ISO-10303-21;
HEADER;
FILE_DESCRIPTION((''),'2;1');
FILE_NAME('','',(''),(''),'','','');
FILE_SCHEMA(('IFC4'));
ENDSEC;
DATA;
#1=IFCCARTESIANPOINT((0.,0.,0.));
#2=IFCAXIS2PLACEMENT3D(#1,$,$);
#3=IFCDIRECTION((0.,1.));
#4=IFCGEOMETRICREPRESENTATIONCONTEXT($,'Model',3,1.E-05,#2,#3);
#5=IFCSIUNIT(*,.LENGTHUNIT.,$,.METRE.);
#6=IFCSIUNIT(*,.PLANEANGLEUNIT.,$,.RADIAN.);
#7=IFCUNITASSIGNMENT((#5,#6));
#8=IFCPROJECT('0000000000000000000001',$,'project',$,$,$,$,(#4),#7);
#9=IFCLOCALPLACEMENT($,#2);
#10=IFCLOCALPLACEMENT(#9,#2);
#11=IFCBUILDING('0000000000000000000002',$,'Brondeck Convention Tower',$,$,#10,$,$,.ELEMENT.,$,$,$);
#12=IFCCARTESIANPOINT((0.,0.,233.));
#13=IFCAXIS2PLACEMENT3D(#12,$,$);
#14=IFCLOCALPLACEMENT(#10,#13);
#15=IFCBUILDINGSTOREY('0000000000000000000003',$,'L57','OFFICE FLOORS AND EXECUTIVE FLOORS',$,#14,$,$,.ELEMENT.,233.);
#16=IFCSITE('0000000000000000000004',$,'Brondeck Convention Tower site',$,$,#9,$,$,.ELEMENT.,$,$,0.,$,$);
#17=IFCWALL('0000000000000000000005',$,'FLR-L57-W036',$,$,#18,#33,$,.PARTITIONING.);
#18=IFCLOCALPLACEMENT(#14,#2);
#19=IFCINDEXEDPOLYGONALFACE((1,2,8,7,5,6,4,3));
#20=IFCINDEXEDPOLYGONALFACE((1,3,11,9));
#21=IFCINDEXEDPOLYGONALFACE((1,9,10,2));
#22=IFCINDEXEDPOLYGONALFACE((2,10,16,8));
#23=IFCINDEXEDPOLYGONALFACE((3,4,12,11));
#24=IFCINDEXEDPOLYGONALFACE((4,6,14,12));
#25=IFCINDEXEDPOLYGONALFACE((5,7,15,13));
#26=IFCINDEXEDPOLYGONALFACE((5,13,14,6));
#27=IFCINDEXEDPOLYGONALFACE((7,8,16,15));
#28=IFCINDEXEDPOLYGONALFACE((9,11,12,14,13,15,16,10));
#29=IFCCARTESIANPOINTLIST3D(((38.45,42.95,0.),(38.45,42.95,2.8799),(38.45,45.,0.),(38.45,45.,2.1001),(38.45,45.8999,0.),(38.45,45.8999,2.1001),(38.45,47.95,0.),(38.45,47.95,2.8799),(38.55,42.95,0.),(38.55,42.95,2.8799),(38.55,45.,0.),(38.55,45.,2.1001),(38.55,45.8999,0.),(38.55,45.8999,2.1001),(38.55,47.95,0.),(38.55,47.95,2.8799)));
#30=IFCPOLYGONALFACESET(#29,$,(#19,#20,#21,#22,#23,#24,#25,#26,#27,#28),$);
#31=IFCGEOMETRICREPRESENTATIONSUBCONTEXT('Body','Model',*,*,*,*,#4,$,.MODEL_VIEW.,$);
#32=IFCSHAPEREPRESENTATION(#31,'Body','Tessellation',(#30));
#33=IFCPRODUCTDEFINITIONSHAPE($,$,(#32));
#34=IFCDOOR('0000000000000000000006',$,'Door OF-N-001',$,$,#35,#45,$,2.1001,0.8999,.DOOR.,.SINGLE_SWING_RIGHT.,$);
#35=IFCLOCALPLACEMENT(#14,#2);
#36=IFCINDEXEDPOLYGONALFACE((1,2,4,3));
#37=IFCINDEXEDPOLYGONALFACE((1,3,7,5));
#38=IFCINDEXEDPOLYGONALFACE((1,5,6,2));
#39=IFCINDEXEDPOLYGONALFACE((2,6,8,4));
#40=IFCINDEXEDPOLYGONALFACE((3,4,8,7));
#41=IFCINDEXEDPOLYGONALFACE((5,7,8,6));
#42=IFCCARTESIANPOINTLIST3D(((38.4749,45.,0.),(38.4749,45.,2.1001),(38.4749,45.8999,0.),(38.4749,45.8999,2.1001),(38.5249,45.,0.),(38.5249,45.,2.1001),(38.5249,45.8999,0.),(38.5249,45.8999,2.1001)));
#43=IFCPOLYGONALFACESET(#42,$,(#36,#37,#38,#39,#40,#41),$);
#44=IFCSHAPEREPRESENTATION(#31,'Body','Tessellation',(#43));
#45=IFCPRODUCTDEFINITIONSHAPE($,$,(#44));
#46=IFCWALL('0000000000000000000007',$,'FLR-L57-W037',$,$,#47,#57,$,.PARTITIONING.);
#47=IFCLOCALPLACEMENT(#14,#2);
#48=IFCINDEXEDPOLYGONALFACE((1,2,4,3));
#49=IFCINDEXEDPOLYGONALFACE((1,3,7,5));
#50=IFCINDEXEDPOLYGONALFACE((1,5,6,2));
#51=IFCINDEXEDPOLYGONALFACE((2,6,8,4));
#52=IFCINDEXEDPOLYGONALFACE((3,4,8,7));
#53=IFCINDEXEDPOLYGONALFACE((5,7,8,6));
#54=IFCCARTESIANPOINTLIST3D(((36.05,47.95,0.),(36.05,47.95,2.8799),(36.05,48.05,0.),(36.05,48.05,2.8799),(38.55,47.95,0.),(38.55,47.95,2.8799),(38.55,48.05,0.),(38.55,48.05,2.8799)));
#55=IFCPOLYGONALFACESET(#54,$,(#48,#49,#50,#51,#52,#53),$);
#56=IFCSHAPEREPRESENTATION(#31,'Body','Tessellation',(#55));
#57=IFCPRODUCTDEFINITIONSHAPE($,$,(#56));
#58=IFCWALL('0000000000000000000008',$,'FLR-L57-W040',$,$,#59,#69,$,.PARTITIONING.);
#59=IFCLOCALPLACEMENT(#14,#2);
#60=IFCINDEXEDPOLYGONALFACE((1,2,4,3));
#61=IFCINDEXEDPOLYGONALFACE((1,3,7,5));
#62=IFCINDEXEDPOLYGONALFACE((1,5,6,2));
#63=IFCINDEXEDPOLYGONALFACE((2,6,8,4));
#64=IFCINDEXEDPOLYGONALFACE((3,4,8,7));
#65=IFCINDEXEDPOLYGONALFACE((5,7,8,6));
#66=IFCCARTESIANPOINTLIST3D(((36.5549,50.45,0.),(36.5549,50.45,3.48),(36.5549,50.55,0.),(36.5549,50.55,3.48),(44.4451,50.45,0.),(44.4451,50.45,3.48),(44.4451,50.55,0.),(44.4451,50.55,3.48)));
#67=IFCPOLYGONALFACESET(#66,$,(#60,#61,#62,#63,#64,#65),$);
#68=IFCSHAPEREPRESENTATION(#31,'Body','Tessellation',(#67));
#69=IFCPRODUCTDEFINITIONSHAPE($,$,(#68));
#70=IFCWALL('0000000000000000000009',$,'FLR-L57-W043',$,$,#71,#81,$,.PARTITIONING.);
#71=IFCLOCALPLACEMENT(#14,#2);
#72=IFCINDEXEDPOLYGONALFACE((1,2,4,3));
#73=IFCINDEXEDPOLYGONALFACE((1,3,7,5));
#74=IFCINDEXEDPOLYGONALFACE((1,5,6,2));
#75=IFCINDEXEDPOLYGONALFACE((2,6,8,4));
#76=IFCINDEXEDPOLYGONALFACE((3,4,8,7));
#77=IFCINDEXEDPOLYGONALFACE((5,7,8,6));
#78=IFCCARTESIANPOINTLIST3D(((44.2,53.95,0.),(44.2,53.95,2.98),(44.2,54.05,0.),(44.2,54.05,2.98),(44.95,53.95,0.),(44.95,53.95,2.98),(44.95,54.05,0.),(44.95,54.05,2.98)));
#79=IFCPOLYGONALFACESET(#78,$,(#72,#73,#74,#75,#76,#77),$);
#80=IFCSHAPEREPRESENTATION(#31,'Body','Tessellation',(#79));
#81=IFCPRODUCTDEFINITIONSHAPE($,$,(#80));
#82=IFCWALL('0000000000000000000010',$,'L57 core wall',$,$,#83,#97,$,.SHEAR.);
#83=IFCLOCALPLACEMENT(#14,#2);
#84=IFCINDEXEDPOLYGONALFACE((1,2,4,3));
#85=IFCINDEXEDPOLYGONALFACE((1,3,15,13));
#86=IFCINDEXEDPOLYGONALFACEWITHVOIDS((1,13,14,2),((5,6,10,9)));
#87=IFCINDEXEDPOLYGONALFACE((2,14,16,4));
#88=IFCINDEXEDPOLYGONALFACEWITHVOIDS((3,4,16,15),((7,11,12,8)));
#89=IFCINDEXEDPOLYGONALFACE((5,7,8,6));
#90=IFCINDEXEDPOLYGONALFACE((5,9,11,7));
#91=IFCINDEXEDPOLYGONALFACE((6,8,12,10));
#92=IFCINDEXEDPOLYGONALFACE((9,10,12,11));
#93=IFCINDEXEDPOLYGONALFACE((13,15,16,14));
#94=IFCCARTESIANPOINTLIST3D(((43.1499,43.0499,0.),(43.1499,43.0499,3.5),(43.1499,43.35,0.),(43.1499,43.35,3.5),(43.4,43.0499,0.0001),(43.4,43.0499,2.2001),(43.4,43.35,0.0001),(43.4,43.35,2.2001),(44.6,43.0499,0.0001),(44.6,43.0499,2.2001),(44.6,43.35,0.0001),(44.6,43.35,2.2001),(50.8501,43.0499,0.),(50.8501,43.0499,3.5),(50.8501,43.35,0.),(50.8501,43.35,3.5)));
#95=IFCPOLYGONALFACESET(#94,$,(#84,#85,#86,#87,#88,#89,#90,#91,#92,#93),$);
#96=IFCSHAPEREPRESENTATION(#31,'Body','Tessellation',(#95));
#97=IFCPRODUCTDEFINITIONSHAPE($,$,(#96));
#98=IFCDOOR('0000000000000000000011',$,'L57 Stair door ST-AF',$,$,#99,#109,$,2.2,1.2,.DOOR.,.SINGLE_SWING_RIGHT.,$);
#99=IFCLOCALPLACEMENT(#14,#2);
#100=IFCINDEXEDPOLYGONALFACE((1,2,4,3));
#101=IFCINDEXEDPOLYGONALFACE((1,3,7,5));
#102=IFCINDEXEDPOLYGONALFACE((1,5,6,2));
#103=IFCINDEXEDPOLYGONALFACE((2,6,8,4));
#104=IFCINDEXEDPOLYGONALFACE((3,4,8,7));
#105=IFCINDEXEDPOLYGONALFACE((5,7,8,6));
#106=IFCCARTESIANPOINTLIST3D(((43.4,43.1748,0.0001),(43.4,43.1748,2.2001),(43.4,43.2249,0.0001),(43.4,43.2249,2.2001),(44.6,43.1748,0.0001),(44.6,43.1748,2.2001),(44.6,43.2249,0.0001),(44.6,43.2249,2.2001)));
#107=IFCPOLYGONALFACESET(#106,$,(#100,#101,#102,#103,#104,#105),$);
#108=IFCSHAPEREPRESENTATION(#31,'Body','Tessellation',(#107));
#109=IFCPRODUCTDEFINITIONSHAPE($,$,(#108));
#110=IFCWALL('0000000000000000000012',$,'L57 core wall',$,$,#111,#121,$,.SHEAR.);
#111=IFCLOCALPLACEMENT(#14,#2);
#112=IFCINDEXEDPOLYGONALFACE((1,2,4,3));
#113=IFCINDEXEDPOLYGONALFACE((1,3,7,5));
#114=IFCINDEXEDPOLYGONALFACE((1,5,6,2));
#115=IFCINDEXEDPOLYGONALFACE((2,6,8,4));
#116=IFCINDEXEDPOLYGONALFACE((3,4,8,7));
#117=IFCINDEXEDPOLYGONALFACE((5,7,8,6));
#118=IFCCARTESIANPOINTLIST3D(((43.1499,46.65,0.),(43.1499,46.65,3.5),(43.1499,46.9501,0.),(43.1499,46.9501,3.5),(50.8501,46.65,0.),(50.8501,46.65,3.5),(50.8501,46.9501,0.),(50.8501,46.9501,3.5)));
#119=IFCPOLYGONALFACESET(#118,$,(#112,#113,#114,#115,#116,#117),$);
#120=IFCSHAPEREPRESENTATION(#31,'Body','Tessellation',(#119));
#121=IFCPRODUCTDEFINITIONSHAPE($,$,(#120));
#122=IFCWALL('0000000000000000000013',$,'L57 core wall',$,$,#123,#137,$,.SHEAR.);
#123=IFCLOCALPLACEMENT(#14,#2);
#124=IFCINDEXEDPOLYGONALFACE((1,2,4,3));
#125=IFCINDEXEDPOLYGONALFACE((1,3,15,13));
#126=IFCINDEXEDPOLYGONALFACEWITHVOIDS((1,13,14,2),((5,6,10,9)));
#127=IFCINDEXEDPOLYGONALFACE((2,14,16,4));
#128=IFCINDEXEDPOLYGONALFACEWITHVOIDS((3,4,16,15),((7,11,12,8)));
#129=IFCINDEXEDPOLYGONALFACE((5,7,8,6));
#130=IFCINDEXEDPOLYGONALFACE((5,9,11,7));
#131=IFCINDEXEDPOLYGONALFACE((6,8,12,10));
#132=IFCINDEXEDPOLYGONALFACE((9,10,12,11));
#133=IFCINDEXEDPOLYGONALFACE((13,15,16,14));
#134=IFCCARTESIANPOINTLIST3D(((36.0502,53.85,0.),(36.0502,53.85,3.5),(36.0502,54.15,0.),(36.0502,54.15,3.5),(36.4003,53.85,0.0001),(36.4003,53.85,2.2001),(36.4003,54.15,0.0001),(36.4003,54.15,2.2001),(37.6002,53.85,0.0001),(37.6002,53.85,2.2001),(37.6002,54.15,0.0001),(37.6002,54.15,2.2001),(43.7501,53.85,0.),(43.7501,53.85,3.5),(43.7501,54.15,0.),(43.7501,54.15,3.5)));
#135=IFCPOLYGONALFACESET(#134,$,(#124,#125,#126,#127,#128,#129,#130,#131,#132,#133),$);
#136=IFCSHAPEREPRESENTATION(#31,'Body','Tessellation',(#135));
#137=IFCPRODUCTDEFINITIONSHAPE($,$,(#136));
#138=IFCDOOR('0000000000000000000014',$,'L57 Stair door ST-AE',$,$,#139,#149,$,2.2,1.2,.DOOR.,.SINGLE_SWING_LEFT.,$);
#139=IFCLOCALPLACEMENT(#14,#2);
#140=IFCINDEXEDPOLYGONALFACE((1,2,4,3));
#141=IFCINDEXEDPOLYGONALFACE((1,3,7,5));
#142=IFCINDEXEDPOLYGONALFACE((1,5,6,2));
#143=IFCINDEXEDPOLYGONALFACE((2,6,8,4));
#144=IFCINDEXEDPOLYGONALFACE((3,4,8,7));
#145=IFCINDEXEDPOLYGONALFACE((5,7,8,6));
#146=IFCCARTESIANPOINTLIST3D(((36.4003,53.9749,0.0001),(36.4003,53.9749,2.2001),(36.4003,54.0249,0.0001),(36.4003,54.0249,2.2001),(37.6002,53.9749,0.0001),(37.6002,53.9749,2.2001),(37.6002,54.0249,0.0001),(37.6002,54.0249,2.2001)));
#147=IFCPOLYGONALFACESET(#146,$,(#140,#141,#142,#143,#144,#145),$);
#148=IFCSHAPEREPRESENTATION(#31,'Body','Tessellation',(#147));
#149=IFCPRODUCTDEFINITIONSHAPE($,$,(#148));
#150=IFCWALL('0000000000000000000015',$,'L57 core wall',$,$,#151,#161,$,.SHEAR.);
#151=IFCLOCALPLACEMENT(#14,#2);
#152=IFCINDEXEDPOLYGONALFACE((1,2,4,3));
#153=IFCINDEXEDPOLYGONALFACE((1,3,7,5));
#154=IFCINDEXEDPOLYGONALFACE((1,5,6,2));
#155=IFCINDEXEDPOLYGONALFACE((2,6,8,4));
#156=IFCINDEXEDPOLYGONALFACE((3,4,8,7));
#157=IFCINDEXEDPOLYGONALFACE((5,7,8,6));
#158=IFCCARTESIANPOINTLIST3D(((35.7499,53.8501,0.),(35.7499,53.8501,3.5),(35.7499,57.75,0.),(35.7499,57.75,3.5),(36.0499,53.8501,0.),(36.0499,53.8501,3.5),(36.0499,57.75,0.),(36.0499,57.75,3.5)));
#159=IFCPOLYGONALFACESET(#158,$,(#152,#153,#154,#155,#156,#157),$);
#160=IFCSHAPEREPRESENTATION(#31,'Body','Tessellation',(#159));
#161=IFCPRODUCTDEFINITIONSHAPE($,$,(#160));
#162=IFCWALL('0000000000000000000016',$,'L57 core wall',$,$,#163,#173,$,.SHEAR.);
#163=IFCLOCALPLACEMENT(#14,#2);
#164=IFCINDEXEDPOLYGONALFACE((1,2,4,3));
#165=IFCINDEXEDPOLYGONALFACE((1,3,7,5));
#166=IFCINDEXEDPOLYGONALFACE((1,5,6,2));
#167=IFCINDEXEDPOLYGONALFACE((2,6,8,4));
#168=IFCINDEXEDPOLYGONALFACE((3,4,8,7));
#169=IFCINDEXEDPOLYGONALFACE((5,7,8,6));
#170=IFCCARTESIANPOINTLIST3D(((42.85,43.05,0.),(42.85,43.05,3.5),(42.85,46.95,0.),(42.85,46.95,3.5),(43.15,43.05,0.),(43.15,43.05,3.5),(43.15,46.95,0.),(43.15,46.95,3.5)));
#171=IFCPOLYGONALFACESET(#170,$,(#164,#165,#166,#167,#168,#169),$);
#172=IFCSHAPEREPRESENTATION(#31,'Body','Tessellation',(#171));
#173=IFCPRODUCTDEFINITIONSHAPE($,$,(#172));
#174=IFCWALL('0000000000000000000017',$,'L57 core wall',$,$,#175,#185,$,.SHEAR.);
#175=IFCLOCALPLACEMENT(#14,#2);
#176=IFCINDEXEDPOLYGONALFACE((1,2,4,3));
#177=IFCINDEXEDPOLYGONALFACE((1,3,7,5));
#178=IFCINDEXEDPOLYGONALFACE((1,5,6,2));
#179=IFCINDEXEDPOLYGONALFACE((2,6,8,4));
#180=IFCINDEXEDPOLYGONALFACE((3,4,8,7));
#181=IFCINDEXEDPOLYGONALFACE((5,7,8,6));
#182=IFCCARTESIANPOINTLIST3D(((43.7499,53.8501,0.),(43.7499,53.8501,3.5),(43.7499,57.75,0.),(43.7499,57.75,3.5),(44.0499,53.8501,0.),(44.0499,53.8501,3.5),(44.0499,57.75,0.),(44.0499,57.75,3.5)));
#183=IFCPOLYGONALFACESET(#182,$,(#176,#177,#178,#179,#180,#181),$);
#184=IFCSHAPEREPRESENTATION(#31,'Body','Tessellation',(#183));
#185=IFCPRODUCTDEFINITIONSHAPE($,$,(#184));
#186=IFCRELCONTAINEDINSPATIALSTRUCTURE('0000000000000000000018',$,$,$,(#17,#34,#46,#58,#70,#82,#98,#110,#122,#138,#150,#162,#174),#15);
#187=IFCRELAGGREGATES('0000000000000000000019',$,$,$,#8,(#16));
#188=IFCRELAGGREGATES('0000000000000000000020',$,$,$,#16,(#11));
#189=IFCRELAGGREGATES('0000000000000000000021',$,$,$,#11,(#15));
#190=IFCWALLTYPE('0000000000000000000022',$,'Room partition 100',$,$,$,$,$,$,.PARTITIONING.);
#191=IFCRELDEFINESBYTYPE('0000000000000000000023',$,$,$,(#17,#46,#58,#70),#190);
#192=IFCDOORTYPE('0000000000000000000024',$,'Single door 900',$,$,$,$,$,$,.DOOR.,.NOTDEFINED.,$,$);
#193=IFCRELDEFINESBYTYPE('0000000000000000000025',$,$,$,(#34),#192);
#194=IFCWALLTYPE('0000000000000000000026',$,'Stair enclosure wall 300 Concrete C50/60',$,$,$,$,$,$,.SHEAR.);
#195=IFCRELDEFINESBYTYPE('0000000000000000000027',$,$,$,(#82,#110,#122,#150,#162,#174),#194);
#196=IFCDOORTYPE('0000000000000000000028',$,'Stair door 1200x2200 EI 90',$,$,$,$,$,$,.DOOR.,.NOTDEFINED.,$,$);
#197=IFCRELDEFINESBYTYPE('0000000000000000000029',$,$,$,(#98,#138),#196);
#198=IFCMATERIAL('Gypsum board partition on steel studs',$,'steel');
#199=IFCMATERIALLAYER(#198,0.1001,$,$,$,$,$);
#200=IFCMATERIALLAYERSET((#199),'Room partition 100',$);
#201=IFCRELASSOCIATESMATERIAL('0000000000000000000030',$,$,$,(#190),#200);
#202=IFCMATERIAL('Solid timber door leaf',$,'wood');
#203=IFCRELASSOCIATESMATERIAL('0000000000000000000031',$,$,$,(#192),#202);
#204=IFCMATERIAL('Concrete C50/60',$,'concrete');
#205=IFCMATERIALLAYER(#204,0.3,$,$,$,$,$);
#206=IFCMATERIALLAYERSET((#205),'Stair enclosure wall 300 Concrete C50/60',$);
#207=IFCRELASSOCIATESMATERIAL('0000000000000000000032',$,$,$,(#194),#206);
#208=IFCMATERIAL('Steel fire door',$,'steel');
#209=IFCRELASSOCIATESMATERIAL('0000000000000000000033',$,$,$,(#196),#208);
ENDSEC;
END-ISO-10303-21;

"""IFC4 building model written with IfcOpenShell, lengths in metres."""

from ifc_helpers import new_model, si_unit, direction, frame, frame_2d, origin, place, context, subcontext, project, spatial, rectangle, extrude, material, layer, layer_set, type_object, element, fill, save


model = new_model("IFC4")

# Units and contexts
model_context = context("Model", 3, precision=1e-05, world=origin(), true_north=direction((0.0, 1.0)))
body_context = subcontext(model_context, "Body", "Model", "MODEL_VIEW")
ifc_project = project(units=[si_unit("LENGTHUNIT", "METRE"), si_unit("PLANEANGLEUNIT", "RADIAN")], contexts=[model_context])

# Site, building, storey
site_placement = place(None, origin())
site = spatial("IfcSite", under=ifc_project, at=site_placement, Name="Brondeck Convention Tower site", CompositionType="ELEMENT", RefElevation=0.0)
building_placement = place(site_placement, origin())
building = spatial("IfcBuilding", under=site, at=building_placement, Name="Brondeck Convention Tower", CompositionType="ELEMENT")
storey_placement = place(building_placement, frame((0.0, 0.0, 233.0)))
storey = spatial("IfcBuildingStorey", under=building, at=storey_placement, Name="L57", Description="OFFICE FLOORS AND EXECUTIVE FLOORS", CompositionType="ELEMENT", Elevation=233.0)

# Shared definitions
ifc_material_1 = material(Name="Concrete C50/60", Category="concrete")

# Wall, opening, door
ifc_material_2 = material(Name="Gypsum board partition on steel studs", Category="steel")
ifc_layer_1 = layer(ifc_material_2, 0.1001)
ifc_layer_set_1 = layer_set([ifc_layer_1], Name="Room partition 100")
wall_type_1 = type_object("IfcWallType", Name="Room partition 100", PredefinedType="PARTITIONING", material=ifc_layer_set_1)
wall_1_placement = place(storey_placement, frame((38.5, 47.95, 0.0), z_axis=(0.0, 0.0, 1.0), x_axis=(0.0, -1.0, 0.0)))
wall_1 = element("IfcWall", 1, at=wall_1_placement, inside=storey, type_object=wall_type_1, Name="FLR-L57-W036", PredefinedType="PARTITIONING", context=body_context, shape_type="SweptSolid", body=[
    extrude(rectangle(XDim=5.0, YDim=0.1001, at=frame_2d((2.5, 0.0))), origin(), (0.0, 0.0, 1.0), 2.8799),
])
opening_1_placement = place(wall_1_placement, frame((2.05, 0.0, 0.0)))
opening_1 = element("IfcOpeningElement", 2, at=opening_1_placement, cuts=wall_1, PredefinedType="OPENING", context=body_context, shape_type="SweptSolid", body=[
    extrude(rectangle(XDim=0.8999, YDim=2.1001, at=frame_2d((0.45, 1.05))), frame((0.0, 0.0601, 0.0), z_axis=(0.0, -1.0, 0.0), x_axis=(1.0, 0.0, 0.0)), (0.0, 0.0, 1.0), 0.1201),
])
ifc_material_3 = material(Name="Solid timber door leaf", Category="wood")
door_type_1 = type_object("IfcDoorType", Name="Single door 900", OperationType="NOTDEFINED", PredefinedType="DOOR", material=ifc_material_3)
door_1_placement = place(opening_1_placement, origin())
door_1 = element("IfcDoor", 3, at=door_1_placement, inside=storey, type_object=door_type_1, Name="Door OF-N-001", OperationType="SINGLE_SWING_RIGHT", OverallHeight=2.1001, OverallWidth=0.8999, PredefinedType="DOOR", context=body_context, shape_type="SweptSolid", body=[
    extrude(rectangle(XDim=0.8999, YDim=2.1001, at=frame_2d((0.45, 1.05))), frame((0.0, 0.0249, 0.0), z_axis=(0.0, -1.0, 0.0), x_axis=(1.0, 0.0, 0.0)), (0.0, 0.0, 1.0), 0.05),
])
fill(opening_1, door_1)

# Walls
wall_2_placement = place(storey_placement, frame((36.05, 48.0, 0.0), z_axis=(0.0, 0.0, 1.0), x_axis=(1.0, 0.0, 0.0)))
element("IfcWall", 4, at=wall_2_placement, inside=storey, type_object=wall_type_1, Name="FLR-L57-W037", PredefinedType="PARTITIONING", context=body_context, shape_type="SweptSolid", body=[
    extrude(rectangle(XDim=2.5, YDim=0.1001, at=frame_2d((1.25, 0.0))), origin(), (0.0, 0.0, 1.0), 2.8799),
])
wall_3_placement = place(storey_placement, frame((44.4451, 50.5, 0.0), z_axis=(0.0, 0.0, 1.0), x_axis=(-1.0, 0.0, 0.0)))
element("IfcWall", 5, at=wall_3_placement, inside=storey, type_object=wall_type_1, Name="FLR-L57-W040", PredefinedType="PARTITIONING", context=body_context, shape_type="SweptSolid", body=[
    extrude(rectangle(XDim=7.8901, YDim=0.1001, at=frame_2d((3.9451, 0.0))), origin(), (0.0, 0.0, 1.0), 3.48),
])
wall_4_placement = place(storey_placement, frame((44.2, 54.0, 0.0), z_axis=(0.0, 0.0, 1.0), x_axis=(1.0, 0.0, 0.0)))
element("IfcWall", 6, at=wall_4_placement, inside=storey, type_object=wall_type_1, Name="FLR-L57-W043", PredefinedType="PARTITIONING", context=body_context, shape_type="SweptSolid", body=[
    extrude(rectangle(XDim=0.75, YDim=0.1001, at=frame_2d((0.375, 0.0))), origin(), (0.0, 0.0, 1.0), 2.98),
])

# Wall, opening, door
ifc_layer_2 = layer(ifc_material_1, 0.3)
ifc_layer_set_2 = layer_set([ifc_layer_2], Name="Stair enclosure wall 300 Concrete C50/60")
wall_type_2 = type_object("IfcWallType", Name="Stair enclosure wall 300 Concrete C50/60", PredefinedType="SHEAR", material=ifc_layer_set_2)
wall_5_placement = place(storey_placement, frame((43.1499, 43.2, 0.0), z_axis=(0.0, 0.0, 1.0), x_axis=(1.0, 0.0, 0.0)))
wall_5 = element("IfcWall", 7, at=wall_5_placement, inside=storey, type_object=wall_type_2, Name="L57 core wall", PredefinedType="SHEAR", context=body_context, shape_type="SweptSolid", body=[
    extrude(rectangle(XDim=7.7002, YDim=0.3, at=frame_2d((3.8501, 0.0))), origin(), (0.0, 0.0, 1.0), 3.5),
])
opening_2_placement = place(wall_5_placement, frame((0.25, 0.0, 0.0)))
opening_2 = element("IfcOpeningElement", 8, at=opening_2_placement, cuts=wall_5, PredefinedType="OPENING", context=body_context, shape_type="SweptSolid", body=[
    extrude(rectangle(XDim=1.2, YDim=2.2, at=frame_2d((0.6001, 1.1001))), frame((0.0, 0.1599, 0.0), z_axis=(0.0, -1.0, 0.0), x_axis=(1.0, 0.0, 0.0)), (0.0, 0.0, 1.0), 0.3201),
])
ifc_material_4 = material(Name="Steel fire door", Category="steel")
door_type_2 = type_object("IfcDoorType", Name="Stair door 1200x2200 EI 90", OperationType="NOTDEFINED", PredefinedType="DOOR", material=ifc_material_4)
door_2_placement = place(opening_2_placement, origin())
door_2 = element("IfcDoor", 9, at=door_2_placement, inside=storey, type_object=door_type_2, Name="L57 Stair door ST-AF", OperationType="SINGLE_SWING_RIGHT", OverallHeight=2.2, OverallWidth=1.2, PredefinedType="DOOR", context=body_context, shape_type="SweptSolid", body=[
    extrude(rectangle(XDim=1.2, YDim=2.2, at=frame_2d((0.6001, 1.1001))), frame((0.0, 0.0249, 0.0), z_axis=(0.0, -1.0, 0.0), x_axis=(1.0, 0.0, 0.0)), (0.0, 0.0, 1.0), 0.05),
])
fill(opening_2, door_2)

# Wall
wall_6_placement = place(storey_placement, frame((43.1499, 46.8, 0.0), z_axis=(0.0, 0.0, 1.0), x_axis=(1.0, 0.0, 0.0)))
element("IfcWall", 10, at=wall_6_placement, inside=storey, type_object=wall_type_2, Name="L57 core wall", PredefinedType="SHEAR", context=body_context, shape_type="SweptSolid", body=[
    extrude(rectangle(XDim=7.7002, YDim=0.3, at=frame_2d((3.8501, 0.0))), origin(), (0.0, 0.0, 1.0), 3.5),
])

# Wall, opening, door
wall_7_placement = place(storey_placement, frame((36.05, 54.0, 0.0), z_axis=(0.0, 0.0, 1.0), x_axis=(1.0, 0.0, 0.0)))
wall_7 = element("IfcWall", 11, at=wall_7_placement, inside=storey, type_object=wall_type_2, Name="L57 core wall", PredefinedType="SHEAR", context=body_context, shape_type="SweptSolid", body=[
    extrude(rectangle(XDim=7.7, YDim=0.3, at=frame_2d((3.8501, 0.0))), origin(), (0.0, 0.0, 1.0), 3.5),
])
opening_3_placement = place(wall_7_placement, frame((0.3501, 0.0, 0.0)))
opening_3 = element("IfcOpeningElement", 12, at=opening_3_placement, cuts=wall_7, PredefinedType="OPENING", context=body_context, shape_type="SweptSolid", body=[
    extrude(rectangle(XDim=1.2, YDim=2.2, at=frame_2d((0.6001, 1.1001))), frame((0.0, 0.1599, 0.0), z_axis=(0.0, -1.0, 0.0), x_axis=(1.0, 0.0, 0.0)), (0.0, 0.0, 1.0), 0.3201),
])
door_3_placement = place(opening_3_placement, origin())
door_3 = element("IfcDoor", 13, at=door_3_placement, inside=storey, type_object=door_type_2, Name="L57 Stair door ST-AE", OperationType="SINGLE_SWING_LEFT", OverallHeight=2.2, OverallWidth=1.2, PredefinedType="DOOR", context=body_context, shape_type="SweptSolid", body=[
    extrude(rectangle(XDim=1.2, YDim=2.2, at=frame_2d((0.6001, 1.1001))), frame((0.0, 0.0249, 0.0), z_axis=(0.0, -1.0, 0.0), x_axis=(1.0, 0.0, 0.0)), (0.0, 0.0, 1.0), 0.05),
])
fill(opening_3, door_3)

# Walls
for number, where, z_axis, x_axis, name in (
    (14, (35.8999, 53.8501, 0.0), (0.0, 0.0, 1.0), (0.0, 1.0, 0.0), "L57 core wall"),
    (15, (43.0, 43.05, 0.0), (0.0, 0.0, 1.0), (0.0, 1.0, 0.0), "L57 core wall"),
    (16, (43.8999, 53.8501, 0.0), (0.0, 0.0, 1.0), (0.0, 1.0, 0.0), "L57 core wall"),
):
    element("IfcWall", number, at=place(storey_placement, frame(where, z_axis=z_axis, x_axis=x_axis)), inside=storey, type_object=wall_type_2, Name=name, PredefinedType="SHEAR", context=body_context, shape_type="SweptSolid", body=[
        extrude(rectangle(XDim=3.8999, YDim=0.3, at=frame_2d((1.95, 0.0))), origin(), (0.0, 0.0, 1.0), 3.5),
    ])

save(model, "model.ifc")
